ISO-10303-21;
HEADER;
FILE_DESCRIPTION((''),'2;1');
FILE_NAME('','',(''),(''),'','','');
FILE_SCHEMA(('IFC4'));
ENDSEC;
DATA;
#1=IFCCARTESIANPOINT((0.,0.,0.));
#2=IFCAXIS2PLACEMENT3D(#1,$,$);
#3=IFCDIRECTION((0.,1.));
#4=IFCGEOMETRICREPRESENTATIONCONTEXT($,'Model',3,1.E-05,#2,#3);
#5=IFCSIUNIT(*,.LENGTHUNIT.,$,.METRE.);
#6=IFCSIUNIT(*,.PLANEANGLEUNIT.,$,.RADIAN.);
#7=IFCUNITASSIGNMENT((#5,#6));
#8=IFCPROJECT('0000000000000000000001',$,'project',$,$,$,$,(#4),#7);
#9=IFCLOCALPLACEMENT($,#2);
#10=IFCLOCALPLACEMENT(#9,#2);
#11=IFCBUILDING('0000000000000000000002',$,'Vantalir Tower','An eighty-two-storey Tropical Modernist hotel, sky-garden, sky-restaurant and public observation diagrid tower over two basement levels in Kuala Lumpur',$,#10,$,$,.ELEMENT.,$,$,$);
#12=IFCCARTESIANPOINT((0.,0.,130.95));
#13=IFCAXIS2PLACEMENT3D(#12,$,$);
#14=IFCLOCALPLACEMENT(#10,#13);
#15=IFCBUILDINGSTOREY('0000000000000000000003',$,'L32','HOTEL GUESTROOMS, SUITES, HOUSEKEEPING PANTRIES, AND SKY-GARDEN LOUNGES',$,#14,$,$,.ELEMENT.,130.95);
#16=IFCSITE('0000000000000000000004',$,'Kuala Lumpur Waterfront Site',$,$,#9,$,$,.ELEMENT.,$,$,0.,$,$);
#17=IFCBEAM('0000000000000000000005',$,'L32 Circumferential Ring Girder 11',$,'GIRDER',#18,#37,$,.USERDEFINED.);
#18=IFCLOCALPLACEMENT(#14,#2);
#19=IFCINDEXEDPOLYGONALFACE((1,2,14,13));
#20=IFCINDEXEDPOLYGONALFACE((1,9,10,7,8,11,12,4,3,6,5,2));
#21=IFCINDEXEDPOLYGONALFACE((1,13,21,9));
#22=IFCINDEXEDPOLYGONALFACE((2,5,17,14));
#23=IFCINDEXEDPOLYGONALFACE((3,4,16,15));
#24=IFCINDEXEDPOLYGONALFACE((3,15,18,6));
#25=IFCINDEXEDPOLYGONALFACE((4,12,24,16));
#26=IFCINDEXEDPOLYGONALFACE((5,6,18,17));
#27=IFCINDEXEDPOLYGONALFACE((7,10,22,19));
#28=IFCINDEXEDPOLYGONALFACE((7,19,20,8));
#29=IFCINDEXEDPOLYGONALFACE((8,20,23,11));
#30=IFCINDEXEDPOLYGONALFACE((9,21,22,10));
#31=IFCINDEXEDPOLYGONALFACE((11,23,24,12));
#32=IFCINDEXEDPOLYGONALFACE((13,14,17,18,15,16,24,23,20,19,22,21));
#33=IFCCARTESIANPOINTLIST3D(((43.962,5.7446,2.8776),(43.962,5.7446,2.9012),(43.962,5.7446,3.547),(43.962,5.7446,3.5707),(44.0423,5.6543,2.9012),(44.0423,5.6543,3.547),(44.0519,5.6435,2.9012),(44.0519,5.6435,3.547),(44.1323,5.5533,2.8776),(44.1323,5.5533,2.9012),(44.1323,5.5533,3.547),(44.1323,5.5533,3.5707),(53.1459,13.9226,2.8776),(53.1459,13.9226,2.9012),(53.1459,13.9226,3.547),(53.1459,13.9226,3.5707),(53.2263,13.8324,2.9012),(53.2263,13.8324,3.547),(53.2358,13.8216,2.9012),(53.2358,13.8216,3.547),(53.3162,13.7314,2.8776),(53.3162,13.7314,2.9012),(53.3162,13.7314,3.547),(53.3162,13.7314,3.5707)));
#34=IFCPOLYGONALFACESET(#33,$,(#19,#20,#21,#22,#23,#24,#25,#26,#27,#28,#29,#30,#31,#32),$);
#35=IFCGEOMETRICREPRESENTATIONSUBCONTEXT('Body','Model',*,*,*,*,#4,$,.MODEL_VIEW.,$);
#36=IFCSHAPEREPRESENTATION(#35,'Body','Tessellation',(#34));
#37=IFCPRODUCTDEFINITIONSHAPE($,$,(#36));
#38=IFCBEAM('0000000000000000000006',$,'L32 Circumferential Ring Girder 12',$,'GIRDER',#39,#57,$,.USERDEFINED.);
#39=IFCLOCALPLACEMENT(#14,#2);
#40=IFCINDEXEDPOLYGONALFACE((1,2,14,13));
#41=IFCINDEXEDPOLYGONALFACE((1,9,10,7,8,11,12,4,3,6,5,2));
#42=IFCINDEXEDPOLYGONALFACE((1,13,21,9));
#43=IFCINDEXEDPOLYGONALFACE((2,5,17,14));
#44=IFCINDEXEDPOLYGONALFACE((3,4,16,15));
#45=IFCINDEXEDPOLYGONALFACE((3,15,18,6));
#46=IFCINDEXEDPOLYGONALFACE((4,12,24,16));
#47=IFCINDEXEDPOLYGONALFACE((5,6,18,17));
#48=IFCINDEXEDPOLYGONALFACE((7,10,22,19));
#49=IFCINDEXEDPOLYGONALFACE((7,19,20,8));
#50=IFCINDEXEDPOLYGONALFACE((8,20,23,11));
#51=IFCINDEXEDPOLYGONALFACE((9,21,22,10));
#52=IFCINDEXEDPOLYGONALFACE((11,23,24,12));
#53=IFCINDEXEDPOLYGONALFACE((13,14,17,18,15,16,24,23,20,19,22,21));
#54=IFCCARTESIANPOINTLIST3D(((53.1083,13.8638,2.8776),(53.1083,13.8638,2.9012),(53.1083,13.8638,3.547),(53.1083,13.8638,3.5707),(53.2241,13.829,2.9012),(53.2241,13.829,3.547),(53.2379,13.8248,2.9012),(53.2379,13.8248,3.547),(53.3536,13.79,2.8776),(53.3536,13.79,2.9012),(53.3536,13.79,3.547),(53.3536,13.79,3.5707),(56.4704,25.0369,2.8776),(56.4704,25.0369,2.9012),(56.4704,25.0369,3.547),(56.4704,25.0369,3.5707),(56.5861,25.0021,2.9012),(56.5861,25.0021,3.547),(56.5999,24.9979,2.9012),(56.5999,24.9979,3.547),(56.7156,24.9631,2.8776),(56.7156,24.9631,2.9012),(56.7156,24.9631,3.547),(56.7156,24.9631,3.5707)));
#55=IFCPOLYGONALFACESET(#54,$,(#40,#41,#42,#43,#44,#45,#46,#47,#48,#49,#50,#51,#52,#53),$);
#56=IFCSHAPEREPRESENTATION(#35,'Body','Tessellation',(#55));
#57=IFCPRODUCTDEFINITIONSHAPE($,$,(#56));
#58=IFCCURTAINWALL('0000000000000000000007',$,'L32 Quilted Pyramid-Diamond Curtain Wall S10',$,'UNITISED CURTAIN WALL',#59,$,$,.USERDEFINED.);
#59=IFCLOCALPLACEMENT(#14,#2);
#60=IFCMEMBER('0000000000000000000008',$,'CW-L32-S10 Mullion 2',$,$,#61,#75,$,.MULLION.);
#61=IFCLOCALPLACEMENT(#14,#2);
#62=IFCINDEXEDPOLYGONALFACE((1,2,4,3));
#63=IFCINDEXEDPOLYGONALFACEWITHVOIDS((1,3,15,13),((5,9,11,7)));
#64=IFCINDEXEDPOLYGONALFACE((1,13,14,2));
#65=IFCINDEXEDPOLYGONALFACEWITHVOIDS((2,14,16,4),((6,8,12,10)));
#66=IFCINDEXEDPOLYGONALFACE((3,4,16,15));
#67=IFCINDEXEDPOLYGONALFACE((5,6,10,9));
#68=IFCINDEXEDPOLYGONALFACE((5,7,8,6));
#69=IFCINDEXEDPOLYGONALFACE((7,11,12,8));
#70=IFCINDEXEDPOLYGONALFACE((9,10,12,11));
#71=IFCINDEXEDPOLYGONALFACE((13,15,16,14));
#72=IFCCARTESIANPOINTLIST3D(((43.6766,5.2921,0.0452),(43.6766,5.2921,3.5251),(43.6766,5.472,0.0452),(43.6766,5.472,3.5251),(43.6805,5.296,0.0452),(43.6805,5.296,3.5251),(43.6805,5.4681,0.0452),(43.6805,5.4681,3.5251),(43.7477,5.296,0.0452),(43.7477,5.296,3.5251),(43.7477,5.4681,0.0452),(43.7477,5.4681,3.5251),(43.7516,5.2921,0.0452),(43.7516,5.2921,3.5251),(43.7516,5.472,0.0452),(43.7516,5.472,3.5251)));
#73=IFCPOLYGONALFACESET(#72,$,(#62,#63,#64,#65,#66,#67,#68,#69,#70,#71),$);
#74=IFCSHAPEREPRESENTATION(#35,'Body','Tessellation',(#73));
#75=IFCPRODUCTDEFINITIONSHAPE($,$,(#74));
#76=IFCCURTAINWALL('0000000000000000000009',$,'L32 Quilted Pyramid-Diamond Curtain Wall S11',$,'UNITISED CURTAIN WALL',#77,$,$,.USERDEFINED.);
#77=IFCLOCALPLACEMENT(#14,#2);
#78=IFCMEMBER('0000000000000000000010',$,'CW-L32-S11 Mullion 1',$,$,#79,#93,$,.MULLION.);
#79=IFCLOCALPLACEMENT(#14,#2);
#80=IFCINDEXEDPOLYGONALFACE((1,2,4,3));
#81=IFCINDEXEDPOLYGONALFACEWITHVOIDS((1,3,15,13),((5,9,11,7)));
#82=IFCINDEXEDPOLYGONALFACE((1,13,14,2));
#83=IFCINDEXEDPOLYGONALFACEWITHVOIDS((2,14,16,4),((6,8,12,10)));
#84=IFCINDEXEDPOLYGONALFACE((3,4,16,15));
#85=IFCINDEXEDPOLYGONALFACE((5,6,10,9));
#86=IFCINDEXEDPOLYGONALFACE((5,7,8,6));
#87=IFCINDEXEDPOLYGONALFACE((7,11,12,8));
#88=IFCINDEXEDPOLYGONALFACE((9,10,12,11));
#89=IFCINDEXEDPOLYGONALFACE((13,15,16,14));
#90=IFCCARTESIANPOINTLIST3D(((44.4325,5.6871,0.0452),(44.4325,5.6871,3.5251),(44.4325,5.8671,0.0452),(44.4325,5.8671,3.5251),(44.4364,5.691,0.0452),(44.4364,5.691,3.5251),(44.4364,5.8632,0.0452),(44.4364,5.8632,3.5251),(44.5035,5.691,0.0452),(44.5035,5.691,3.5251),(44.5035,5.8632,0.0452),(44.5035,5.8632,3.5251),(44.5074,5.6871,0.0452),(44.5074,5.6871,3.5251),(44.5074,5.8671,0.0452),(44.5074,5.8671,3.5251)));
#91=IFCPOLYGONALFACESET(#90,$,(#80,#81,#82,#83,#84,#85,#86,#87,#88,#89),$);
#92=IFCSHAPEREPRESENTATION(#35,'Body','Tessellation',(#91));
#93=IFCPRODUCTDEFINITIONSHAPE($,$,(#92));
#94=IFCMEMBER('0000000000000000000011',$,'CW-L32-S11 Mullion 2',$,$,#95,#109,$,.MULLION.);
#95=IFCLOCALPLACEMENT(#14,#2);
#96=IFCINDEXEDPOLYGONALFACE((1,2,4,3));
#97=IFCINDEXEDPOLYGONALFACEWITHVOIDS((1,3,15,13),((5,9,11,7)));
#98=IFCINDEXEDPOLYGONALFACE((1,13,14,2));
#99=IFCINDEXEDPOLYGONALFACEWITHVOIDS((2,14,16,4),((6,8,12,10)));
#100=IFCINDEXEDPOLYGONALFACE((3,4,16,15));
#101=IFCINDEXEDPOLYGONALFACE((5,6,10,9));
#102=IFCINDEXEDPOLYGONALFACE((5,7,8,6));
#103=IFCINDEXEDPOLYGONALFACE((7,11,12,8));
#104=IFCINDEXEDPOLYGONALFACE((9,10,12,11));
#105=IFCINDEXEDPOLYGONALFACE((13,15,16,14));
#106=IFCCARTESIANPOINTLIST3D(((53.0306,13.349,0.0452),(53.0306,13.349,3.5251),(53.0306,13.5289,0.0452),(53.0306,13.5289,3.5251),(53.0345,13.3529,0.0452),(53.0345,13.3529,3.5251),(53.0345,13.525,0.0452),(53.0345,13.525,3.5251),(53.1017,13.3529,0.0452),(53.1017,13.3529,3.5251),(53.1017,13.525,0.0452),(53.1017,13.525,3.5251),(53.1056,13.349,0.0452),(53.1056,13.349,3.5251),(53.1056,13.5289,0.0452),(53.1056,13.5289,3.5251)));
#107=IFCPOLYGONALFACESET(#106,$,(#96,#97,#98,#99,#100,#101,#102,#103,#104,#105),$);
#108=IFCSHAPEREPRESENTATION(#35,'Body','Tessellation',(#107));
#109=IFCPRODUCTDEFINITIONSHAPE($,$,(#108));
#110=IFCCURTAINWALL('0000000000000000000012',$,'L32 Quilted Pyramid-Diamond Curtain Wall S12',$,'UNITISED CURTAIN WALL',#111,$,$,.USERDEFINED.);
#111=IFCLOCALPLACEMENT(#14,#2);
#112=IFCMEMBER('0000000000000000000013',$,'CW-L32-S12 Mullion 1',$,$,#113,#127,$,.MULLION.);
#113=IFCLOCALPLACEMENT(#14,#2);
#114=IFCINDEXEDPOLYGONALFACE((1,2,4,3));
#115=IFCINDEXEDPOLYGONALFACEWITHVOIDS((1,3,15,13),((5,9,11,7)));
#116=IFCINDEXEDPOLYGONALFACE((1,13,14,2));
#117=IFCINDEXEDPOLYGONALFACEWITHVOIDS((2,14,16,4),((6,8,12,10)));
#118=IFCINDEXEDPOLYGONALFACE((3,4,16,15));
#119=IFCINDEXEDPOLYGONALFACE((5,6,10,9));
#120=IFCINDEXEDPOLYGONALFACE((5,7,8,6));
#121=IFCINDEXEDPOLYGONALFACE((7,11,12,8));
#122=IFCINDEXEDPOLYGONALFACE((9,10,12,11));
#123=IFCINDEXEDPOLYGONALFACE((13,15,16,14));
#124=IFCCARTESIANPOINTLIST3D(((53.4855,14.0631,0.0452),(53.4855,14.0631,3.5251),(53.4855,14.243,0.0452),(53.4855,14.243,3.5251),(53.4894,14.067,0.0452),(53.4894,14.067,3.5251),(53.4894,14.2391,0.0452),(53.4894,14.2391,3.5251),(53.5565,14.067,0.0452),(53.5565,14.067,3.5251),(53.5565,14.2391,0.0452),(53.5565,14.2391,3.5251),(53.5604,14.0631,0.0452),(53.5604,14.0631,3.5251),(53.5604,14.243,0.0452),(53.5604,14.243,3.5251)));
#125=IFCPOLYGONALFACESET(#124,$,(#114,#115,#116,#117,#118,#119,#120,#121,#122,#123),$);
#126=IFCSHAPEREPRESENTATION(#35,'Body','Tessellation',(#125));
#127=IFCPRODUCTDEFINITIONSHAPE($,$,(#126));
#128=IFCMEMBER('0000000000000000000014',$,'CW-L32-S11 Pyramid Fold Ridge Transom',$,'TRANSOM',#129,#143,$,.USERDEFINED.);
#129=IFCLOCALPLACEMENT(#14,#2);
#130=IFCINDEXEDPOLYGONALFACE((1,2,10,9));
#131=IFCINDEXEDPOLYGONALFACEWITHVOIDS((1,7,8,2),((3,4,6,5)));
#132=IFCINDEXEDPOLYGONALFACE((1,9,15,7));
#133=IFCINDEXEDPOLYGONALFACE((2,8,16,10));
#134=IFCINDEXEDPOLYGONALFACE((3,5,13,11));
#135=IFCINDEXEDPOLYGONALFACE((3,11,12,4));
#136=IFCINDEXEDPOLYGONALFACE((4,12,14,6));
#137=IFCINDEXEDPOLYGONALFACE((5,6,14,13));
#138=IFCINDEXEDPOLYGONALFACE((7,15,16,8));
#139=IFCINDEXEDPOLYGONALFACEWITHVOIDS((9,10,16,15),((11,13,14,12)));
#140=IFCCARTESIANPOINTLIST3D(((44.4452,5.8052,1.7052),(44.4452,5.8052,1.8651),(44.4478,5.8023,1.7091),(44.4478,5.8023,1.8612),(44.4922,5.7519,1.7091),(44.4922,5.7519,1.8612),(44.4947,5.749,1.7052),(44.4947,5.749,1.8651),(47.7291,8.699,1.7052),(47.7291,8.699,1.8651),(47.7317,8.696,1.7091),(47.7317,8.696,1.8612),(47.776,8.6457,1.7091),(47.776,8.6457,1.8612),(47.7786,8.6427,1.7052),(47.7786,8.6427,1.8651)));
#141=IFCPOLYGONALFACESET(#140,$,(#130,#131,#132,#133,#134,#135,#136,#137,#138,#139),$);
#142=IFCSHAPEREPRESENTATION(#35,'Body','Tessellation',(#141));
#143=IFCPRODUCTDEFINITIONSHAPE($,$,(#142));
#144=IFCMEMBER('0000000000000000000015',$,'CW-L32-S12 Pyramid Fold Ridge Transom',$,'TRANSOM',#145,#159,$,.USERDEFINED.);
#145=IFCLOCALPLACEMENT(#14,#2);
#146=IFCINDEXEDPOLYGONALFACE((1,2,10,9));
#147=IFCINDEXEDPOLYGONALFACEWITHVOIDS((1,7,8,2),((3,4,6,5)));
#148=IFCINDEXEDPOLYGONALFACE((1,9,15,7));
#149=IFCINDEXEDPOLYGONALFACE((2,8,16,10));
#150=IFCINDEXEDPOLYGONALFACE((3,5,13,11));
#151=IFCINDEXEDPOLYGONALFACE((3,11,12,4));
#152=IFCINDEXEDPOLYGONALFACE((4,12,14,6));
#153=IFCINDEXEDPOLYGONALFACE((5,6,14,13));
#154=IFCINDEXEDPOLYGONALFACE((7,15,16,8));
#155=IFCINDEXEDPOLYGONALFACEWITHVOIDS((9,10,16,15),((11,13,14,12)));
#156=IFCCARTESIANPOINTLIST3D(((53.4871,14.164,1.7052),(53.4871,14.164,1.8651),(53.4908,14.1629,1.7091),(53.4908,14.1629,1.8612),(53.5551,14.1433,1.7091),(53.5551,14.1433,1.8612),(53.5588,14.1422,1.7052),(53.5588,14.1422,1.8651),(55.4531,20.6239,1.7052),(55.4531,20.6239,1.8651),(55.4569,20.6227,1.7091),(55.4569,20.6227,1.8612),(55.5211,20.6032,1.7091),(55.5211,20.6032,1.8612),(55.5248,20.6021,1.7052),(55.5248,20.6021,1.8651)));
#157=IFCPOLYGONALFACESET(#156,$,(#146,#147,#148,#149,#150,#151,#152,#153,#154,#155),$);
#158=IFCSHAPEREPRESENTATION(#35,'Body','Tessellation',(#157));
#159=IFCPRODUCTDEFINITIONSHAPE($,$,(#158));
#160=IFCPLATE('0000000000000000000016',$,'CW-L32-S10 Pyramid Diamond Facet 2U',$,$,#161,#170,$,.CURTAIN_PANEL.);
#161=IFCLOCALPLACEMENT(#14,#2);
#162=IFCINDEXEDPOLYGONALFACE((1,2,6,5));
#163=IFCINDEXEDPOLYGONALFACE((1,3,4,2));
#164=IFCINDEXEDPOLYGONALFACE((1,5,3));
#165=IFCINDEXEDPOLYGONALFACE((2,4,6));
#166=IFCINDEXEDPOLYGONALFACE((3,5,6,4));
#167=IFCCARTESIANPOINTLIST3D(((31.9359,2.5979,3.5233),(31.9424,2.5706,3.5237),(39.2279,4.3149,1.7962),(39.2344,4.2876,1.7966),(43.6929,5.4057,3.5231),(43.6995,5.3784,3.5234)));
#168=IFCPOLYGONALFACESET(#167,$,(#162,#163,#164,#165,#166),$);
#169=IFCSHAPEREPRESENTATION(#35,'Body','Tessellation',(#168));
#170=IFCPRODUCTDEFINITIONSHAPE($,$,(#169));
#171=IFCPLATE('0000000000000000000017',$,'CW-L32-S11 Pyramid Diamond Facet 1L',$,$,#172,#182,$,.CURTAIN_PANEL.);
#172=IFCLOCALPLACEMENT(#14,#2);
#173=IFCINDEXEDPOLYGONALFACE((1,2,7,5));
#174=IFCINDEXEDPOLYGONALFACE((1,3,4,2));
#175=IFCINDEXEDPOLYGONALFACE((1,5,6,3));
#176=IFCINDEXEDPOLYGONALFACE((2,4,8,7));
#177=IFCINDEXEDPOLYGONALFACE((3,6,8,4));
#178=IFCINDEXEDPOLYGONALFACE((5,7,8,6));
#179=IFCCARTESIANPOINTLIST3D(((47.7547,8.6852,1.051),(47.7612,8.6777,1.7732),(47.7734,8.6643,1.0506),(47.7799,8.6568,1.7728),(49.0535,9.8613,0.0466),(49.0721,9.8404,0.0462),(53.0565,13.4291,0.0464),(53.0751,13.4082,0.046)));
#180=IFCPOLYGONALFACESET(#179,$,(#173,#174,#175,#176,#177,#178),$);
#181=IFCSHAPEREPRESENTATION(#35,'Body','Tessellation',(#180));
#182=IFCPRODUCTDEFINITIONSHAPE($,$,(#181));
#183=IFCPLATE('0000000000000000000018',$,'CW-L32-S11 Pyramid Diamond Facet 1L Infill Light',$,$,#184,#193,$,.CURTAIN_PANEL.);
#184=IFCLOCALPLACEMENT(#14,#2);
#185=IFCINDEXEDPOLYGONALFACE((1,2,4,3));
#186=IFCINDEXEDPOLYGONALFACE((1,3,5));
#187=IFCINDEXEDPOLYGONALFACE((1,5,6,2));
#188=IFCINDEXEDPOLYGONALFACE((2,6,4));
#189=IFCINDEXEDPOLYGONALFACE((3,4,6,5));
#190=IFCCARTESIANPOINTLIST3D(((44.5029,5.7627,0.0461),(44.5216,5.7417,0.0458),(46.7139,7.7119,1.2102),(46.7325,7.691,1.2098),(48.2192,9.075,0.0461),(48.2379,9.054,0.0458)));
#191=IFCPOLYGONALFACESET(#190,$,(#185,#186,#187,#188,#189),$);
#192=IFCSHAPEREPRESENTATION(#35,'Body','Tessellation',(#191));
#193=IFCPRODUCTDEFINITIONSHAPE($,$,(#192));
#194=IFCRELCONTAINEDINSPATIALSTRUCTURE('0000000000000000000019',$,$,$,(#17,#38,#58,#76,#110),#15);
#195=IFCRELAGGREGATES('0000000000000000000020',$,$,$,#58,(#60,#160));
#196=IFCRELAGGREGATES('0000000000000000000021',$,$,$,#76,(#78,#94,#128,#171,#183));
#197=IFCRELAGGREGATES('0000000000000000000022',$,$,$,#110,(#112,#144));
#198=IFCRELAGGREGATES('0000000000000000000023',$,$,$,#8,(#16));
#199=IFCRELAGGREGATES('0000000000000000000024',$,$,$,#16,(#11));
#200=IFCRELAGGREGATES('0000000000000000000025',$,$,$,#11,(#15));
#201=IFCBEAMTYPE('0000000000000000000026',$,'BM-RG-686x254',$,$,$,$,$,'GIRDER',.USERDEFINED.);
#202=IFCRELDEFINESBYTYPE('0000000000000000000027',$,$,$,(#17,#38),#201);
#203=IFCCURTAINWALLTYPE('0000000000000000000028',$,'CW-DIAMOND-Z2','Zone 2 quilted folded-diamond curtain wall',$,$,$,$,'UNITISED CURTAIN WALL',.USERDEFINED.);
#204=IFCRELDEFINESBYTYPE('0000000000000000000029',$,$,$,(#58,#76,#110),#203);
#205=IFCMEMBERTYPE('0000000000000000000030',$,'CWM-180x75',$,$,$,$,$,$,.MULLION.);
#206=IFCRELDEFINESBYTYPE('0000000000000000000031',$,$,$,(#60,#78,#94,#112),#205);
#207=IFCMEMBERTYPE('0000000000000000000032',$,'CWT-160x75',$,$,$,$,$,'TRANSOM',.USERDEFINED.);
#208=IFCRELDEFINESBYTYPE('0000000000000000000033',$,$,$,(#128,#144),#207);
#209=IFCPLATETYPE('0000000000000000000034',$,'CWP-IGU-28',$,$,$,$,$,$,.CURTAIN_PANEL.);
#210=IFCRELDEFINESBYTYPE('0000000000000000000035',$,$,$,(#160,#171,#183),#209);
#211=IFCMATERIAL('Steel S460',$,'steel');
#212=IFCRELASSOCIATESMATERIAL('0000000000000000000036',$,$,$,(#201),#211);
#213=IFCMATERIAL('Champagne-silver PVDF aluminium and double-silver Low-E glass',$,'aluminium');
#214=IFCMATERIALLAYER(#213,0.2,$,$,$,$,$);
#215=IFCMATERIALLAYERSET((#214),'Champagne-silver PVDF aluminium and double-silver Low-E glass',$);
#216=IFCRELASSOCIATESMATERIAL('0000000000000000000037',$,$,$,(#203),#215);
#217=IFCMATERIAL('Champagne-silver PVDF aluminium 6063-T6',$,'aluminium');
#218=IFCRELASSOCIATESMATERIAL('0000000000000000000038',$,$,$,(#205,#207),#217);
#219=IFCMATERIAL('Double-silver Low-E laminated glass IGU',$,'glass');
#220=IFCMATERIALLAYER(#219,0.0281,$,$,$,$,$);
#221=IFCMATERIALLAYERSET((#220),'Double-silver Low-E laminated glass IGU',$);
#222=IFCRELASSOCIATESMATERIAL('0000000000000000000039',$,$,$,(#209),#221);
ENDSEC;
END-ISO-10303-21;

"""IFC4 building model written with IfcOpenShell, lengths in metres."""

from ifc_helpers import new_model, si_unit, direction, frame, origin, origin_2d, place, context, subcontext, project, spatial, polyline, hollow_rectangle, i_section, outline, extrude, material, layer, layer_set, material_profile, profile_set, type_object, element, aggregate, save


model = new_model("IFC4")

# Units and contexts
model_context = context("Model", 3, precision=1e-05, world=origin(), true_north=direction((0.0, 1.0)))
body_context = subcontext(model_context, "Body", "Model", "MODEL_VIEW")
ifc_project = project(units=[si_unit("LENGTHUNIT", "METRE"), si_unit("PLANEANGLEUNIT", "RADIAN")], contexts=[model_context])

# Site, building, storey
site_placement = place(None, origin())
site = spatial("IfcSite", under=ifc_project, at=site_placement, Name="Kuala Lumpur Waterfront Site", CompositionType="ELEMENT", RefElevation=0.0)
building_placement = place(site_placement, origin())
building = spatial("IfcBuilding", under=site, at=building_placement, Name="Vantalir Tower", Description="An eighty-two-storey Tropical Modernist hotel, sky-garden, sky-restaurant and public observation diagrid tower over two basement levels in Kuala Lumpur", CompositionType="ELEMENT")
storey_placement = place(building_placement, frame((0.0, 0.0, 130.95)))
storey = spatial("IfcBuildingStorey", under=building, at=storey_placement, Name="L32", Description="HOTEL GUESTROOMS, SUITES, HOUSEKEEPING PANTRIES, AND SKY-GARDEN LOUNGES", CompositionType="ELEMENT", Elevation=130.95)

# Shared definitions
ifc_material_1 = material(Name="Steel S460", Category="steel")

# Beams
ifc_material_profile_1 = material_profile(ifc_material_1, i_section(OverallWidth=0.2561, OverallDepth=0.6931, WebThickness=0.0144, FlangeThickness=0.0237, at=origin_2d()), Name="Steel S460")
ifc_profile_set_1 = profile_set([ifc_material_profile_1], Name="Steel S460")
beam_type_1 = type_object("IfcBeamType", Name="BM-RG-686x254", ElementType="GIRDER", PredefinedType="USERDEFINED", material=ifc_profile_set_1)
beam_1_placement = place(storey_placement, frame((44.0471, 5.6489, 3.2241), z_axis=(0.746821, 0.665025, 0.0), x_axis=(-0.665025, 0.746821, 0.0)))
element("IfcBeam", 1, at=beam_1_placement, inside=storey, type_object=beam_type_1, Name="L32 Circumferential Ring Girder 11", ObjectType="GIRDER", PredefinedType="USERDEFINED", context=body_context, shape_type="SweptSolid", body=[
    extrude(i_section(OverallWidth=0.2561, OverallDepth=0.6931, WebThickness=0.0144, FlangeThickness=0.0237, at=origin_2d()), origin(), (0.0, 0.0, 1.0), 12.2974),
])
beam_2_placement = place(storey_placement, frame((53.231, 13.8269, 3.2241), z_axis=(0.288144, 0.957587, 0.0), x_axis=(-0.957587, 0.288144, 0.0)))
element("IfcBeam", 2, at=beam_2_placement, inside=storey, type_object=beam_type_1, Name="L32 Circumferential Ring Girder 12", ObjectType="GIRDER", PredefinedType="USERDEFINED", context=body_context, shape_type="SweptSolid", body=[
    extrude(i_section(OverallWidth=0.2561, OverallDepth=0.6931, WebThickness=0.0144, FlangeThickness=0.0237, at=origin_2d()), origin(), (0.0, 0.0, 1.0), 11.668),
])

# Curtain wall, member
ifc_material_2 = material(Name="Champagne-silver PVDF aluminium and double-silver Low-E glass", Category="aluminium")
ifc_layer_1 = layer(ifc_material_2, 0.2)
ifc_layer_set_1 = layer_set([ifc_layer_1], Name="Champagne-silver PVDF aluminium and double-silver Low-E glass")
curtain_wall_type = type_object("IfcCurtainWallType", Name="CW-DIAMOND-Z2", Description="Zone 2 quilted folded-diamond curtain wall", ElementType="UNITISED CURTAIN WALL", PredefinedType="USERDEFINED", material=ifc_layer_set_1)
curtain_wall_1_placement = place(storey_placement, origin())
curtain_wall_1 = element("IfcCurtainWall", 3, at=curtain_wall_1_placement, inside=storey, type_object=curtain_wall_type, Name="L32 Quilted Pyramid-Diamond Curtain Wall S10", ObjectType="UNITISED CURTAIN WALL", PredefinedType="USERDEFINED")
ifc_material_3 = material(Name="Champagne-silver PVDF aluminium 6063-T6", Category="aluminium")
ifc_material_profile_2 = material_profile(ifc_material_3, hollow_rectangle(XDim=0.075, YDim=0.1799, WallThickness=0.0039, at=origin_2d()), Name="Champagne-silver PVDF aluminium 6063-T6")
ifc_profile_set_2 = profile_set([ifc_material_profile_2], Name="Champagne-silver PVDF aluminium 6063-T6")
member_type_1 = type_object("IfcMemberType", Name="CWM-180x75", PredefinedType="MULLION", material=ifc_profile_set_2)
member_1_placement = place(storey_placement, frame((43.7141, 5.3821, 0.0452), z_axis=(0.0, 0.0, 1.0), x_axis=(1.0, 0.0, 0.0)))
member_1 = element("IfcMember", 4, at=member_1_placement, type_object=member_type_1, Name="CW-L32-S10 Mullion 2", PredefinedType="MULLION", context=body_context, shape_type="SweptSolid", body=[
    extrude(hollow_rectangle(XDim=0.075, YDim=0.1799, WallThickness=0.0039, at=origin_2d()), origin(), (0.0, 0.0, 1.0), 3.48),
])

# Curtain wall, members
curtain_wall_2_placement = place(storey_placement, origin())
curtain_wall_2 = element("IfcCurtainWall", 5, at=curtain_wall_2_placement, inside=storey, type_object=curtain_wall_type, Name="L32 Quilted Pyramid-Diamond Curtain Wall S11", ObjectType="UNITISED CURTAIN WALL", PredefinedType="USERDEFINED")
member_2_placement = place(storey_placement, frame((44.47, 5.7771, 0.0452), z_axis=(0.0, 0.0, 1.0), x_axis=(1.0, 0.0, 0.0)))
member_2 = element("IfcMember", 6, at=member_2_placement, type_object=member_type_1, Name="CW-L32-S11 Mullion 1", PredefinedType="MULLION", context=body_context, shape_type="SweptSolid", body=[
    extrude(hollow_rectangle(XDim=0.075, YDim=0.1799, WallThickness=0.0039, at=origin_2d()), origin(), (0.0, 0.0, 1.0), 3.48),
])
member_3_placement = place(storey_placement, frame((53.0681, 13.439, 0.0452), z_axis=(0.0, 0.0, 1.0), x_axis=(1.0, 0.0, 0.0)))
member_3 = element("IfcMember", 7, at=member_3_placement, type_object=member_type_1, Name="CW-L32-S11 Mullion 2", PredefinedType="MULLION", context=body_context, shape_type="SweptSolid", body=[
    extrude(hollow_rectangle(XDim=0.075, YDim=0.1799, WallThickness=0.0039, at=origin_2d()), origin(), (0.0, 0.0, 1.0), 3.48),
])

# Curtain wall, member
curtain_wall_3_placement = place(storey_placement, origin())
curtain_wall_3 = element("IfcCurtainWall", 8, at=curtain_wall_3_placement, inside=storey, type_object=curtain_wall_type, Name="L32 Quilted Pyramid-Diamond Curtain Wall S12", ObjectType="UNITISED CURTAIN WALL", PredefinedType="USERDEFINED")
member_4_placement = place(storey_placement, frame((53.5229, 14.1531, 0.0452), z_axis=(0.0, 0.0, 1.0), x_axis=(1.0, 0.0, 0.0)))
member_4 = element("IfcMember", 9, at=member_4_placement, type_object=member_type_1, Name="CW-L32-S12 Mullion 1", PredefinedType="MULLION", context=body_context, shape_type="SweptSolid", body=[
    extrude(hollow_rectangle(XDim=0.075, YDim=0.1799, WallThickness=0.0039, at=origin_2d()), origin(), (0.0, 0.0, 1.0), 3.48),
])

# Members
ifc_material_profile_3 = material_profile(ifc_material_3, hollow_rectangle(XDim=0.075, YDim=0.1599, WallThickness=0.0039, at=origin_2d()), Name="Champagne-silver PVDF aluminium 6063-T6")
ifc_profile_set_3 = profile_set([ifc_material_profile_3], Name="Champagne-silver PVDF aluminium 6063-T6")
member_type_2 = type_object("IfcMemberType", Name="CWT-160x75", ElementType="TRANSOM", PredefinedType="USERDEFINED", material=ifc_profile_set_3)
member_5_placement = place(storey_placement, frame((44.47, 5.7771, 1.7852), z_axis=(0.750267, 0.661134, 0.0), x_axis=(-0.661134, 0.750267, 0.0)))
member_5 = element("IfcMember", 10, at=member_5_placement, type_object=member_type_2, Name="CW-L32-S11 Pyramid Fold Ridge Transom", ObjectType="TRANSOM", PredefinedType="USERDEFINED", context=body_context, shape_type="SweptSolid", body=[
    extrude(hollow_rectangle(XDim=0.075, YDim=0.1599, WallThickness=0.0039, at=origin_2d()), origin(), (0.0, 0.0, 1.0), 4.377),
])
member_6_placement = place(storey_placement, frame((53.5229, 14.1531, 1.7852), z_axis=(0.29116, 0.956674, 0.0), x_axis=(-0.956674, 0.29116, 0.0)))
member_6 = element("IfcMember", 11, at=member_6_placement, type_object=member_type_2, Name="CW-L32-S12 Pyramid Fold Ridge Transom", ObjectType="TRANSOM", PredefinedType="USERDEFINED", context=body_context, shape_type="SweptSolid", body=[
    extrude(hollow_rectangle(XDim=0.075, YDim=0.1599, WallThickness=0.0039, at=origin_2d()), origin(), (0.0, 0.0, 1.0), 6.7524),
])

# Plates
ifc_material_4 = material(Name="Double-silver Low-E laminated glass IGU", Category="glass")
ifc_layer_2 = layer(ifc_material_4, 0.0281)
ifc_layer_set_2 = layer_set([ifc_layer_2], Name="Double-silver Low-E laminated glass IGU")
plate_type_1 = type_object("IfcPlateType", Name="CWP-IGU-28", PredefinedType="CURTAIN_PANEL", material=ifc_layer_set_2)
plate_1_placement = place(storey_placement, frame((43.6995, 5.3784, 3.5234), z_axis=(0.232269, -0.972554, 0.013772), x_axis=(-0.972646, -0.23229, 0.00002)))
plate_1 = element("IfcPlate", 12, at=plate_1_placement, type_object=plate_type_1, Name="CW-L32-S10 Pyramid Diamond Facet 2U", PredefinedType="CURTAIN_PANEL", context=body_context, shape_type="SweptSolid", body=[
    extrude(outline(polyline([(0.0, 0.0), (12.0877, 0.0), (4.5963, 1.7271), (0.0, 0.0)])), origin(), (0.0, 0.0, -1.0), 0.0281),
])
aggregate(curtain_wall_1, [member_1, plate_1])
plate_2_placement = place(storey_placement, frame((49.0535, 9.8613, 0.0466), z_axis=(-0.665299, 0.74645, 0.013768), x_axis=(0.746521, 0.665362, -0.000046)))
plate_2 = element("IfcPlate", 13, at=plate_2_placement, type_object=plate_type_1, Name="CW-L32-S11 Pyramid Diamond Facet 1L", PredefinedType="CURTAIN_PANEL", context=body_context, shape_type="SweptSolid", body=[
    extrude(outline(polyline([(0.0, 0.0), (5.3622, 0.0), (-1.7523, -1.7266), (-1.7521, -1.0044), (0.0, 0.0)])), origin(), (0.0, 0.0, -1.0), 0.0281),
])
plate_3_placement = place(storey_placement, frame((44.5029, 5.7627, 0.0461), z_axis=(-0.665296, 0.746454, 0.013682), x_axis=(0.746524, 0.665359, 0.0)))
plate_3 = element("IfcPlate", 14, at=plate_3_placement, type_object=plate_type_1, Name="CW-L32-S11 Pyramid Diamond Facet 1L Infill Light", PredefinedType="CURTAIN_PANEL", context=body_context, shape_type="SweptSolid", body=[
    extrude(outline(polyline([(0.0, 0.0), (4.9782, 0.0), (2.9474, -1.1642), (0.0, 0.0)])), origin(), (0.0, 0.0, -1.0), 0.0281),
])
aggregate(curtain_wall_2, [member_2, member_3, member_5, plate_2, plate_3])
aggregate(curtain_wall_3, [member_4, member_6])

save(model, "model.ifc")
